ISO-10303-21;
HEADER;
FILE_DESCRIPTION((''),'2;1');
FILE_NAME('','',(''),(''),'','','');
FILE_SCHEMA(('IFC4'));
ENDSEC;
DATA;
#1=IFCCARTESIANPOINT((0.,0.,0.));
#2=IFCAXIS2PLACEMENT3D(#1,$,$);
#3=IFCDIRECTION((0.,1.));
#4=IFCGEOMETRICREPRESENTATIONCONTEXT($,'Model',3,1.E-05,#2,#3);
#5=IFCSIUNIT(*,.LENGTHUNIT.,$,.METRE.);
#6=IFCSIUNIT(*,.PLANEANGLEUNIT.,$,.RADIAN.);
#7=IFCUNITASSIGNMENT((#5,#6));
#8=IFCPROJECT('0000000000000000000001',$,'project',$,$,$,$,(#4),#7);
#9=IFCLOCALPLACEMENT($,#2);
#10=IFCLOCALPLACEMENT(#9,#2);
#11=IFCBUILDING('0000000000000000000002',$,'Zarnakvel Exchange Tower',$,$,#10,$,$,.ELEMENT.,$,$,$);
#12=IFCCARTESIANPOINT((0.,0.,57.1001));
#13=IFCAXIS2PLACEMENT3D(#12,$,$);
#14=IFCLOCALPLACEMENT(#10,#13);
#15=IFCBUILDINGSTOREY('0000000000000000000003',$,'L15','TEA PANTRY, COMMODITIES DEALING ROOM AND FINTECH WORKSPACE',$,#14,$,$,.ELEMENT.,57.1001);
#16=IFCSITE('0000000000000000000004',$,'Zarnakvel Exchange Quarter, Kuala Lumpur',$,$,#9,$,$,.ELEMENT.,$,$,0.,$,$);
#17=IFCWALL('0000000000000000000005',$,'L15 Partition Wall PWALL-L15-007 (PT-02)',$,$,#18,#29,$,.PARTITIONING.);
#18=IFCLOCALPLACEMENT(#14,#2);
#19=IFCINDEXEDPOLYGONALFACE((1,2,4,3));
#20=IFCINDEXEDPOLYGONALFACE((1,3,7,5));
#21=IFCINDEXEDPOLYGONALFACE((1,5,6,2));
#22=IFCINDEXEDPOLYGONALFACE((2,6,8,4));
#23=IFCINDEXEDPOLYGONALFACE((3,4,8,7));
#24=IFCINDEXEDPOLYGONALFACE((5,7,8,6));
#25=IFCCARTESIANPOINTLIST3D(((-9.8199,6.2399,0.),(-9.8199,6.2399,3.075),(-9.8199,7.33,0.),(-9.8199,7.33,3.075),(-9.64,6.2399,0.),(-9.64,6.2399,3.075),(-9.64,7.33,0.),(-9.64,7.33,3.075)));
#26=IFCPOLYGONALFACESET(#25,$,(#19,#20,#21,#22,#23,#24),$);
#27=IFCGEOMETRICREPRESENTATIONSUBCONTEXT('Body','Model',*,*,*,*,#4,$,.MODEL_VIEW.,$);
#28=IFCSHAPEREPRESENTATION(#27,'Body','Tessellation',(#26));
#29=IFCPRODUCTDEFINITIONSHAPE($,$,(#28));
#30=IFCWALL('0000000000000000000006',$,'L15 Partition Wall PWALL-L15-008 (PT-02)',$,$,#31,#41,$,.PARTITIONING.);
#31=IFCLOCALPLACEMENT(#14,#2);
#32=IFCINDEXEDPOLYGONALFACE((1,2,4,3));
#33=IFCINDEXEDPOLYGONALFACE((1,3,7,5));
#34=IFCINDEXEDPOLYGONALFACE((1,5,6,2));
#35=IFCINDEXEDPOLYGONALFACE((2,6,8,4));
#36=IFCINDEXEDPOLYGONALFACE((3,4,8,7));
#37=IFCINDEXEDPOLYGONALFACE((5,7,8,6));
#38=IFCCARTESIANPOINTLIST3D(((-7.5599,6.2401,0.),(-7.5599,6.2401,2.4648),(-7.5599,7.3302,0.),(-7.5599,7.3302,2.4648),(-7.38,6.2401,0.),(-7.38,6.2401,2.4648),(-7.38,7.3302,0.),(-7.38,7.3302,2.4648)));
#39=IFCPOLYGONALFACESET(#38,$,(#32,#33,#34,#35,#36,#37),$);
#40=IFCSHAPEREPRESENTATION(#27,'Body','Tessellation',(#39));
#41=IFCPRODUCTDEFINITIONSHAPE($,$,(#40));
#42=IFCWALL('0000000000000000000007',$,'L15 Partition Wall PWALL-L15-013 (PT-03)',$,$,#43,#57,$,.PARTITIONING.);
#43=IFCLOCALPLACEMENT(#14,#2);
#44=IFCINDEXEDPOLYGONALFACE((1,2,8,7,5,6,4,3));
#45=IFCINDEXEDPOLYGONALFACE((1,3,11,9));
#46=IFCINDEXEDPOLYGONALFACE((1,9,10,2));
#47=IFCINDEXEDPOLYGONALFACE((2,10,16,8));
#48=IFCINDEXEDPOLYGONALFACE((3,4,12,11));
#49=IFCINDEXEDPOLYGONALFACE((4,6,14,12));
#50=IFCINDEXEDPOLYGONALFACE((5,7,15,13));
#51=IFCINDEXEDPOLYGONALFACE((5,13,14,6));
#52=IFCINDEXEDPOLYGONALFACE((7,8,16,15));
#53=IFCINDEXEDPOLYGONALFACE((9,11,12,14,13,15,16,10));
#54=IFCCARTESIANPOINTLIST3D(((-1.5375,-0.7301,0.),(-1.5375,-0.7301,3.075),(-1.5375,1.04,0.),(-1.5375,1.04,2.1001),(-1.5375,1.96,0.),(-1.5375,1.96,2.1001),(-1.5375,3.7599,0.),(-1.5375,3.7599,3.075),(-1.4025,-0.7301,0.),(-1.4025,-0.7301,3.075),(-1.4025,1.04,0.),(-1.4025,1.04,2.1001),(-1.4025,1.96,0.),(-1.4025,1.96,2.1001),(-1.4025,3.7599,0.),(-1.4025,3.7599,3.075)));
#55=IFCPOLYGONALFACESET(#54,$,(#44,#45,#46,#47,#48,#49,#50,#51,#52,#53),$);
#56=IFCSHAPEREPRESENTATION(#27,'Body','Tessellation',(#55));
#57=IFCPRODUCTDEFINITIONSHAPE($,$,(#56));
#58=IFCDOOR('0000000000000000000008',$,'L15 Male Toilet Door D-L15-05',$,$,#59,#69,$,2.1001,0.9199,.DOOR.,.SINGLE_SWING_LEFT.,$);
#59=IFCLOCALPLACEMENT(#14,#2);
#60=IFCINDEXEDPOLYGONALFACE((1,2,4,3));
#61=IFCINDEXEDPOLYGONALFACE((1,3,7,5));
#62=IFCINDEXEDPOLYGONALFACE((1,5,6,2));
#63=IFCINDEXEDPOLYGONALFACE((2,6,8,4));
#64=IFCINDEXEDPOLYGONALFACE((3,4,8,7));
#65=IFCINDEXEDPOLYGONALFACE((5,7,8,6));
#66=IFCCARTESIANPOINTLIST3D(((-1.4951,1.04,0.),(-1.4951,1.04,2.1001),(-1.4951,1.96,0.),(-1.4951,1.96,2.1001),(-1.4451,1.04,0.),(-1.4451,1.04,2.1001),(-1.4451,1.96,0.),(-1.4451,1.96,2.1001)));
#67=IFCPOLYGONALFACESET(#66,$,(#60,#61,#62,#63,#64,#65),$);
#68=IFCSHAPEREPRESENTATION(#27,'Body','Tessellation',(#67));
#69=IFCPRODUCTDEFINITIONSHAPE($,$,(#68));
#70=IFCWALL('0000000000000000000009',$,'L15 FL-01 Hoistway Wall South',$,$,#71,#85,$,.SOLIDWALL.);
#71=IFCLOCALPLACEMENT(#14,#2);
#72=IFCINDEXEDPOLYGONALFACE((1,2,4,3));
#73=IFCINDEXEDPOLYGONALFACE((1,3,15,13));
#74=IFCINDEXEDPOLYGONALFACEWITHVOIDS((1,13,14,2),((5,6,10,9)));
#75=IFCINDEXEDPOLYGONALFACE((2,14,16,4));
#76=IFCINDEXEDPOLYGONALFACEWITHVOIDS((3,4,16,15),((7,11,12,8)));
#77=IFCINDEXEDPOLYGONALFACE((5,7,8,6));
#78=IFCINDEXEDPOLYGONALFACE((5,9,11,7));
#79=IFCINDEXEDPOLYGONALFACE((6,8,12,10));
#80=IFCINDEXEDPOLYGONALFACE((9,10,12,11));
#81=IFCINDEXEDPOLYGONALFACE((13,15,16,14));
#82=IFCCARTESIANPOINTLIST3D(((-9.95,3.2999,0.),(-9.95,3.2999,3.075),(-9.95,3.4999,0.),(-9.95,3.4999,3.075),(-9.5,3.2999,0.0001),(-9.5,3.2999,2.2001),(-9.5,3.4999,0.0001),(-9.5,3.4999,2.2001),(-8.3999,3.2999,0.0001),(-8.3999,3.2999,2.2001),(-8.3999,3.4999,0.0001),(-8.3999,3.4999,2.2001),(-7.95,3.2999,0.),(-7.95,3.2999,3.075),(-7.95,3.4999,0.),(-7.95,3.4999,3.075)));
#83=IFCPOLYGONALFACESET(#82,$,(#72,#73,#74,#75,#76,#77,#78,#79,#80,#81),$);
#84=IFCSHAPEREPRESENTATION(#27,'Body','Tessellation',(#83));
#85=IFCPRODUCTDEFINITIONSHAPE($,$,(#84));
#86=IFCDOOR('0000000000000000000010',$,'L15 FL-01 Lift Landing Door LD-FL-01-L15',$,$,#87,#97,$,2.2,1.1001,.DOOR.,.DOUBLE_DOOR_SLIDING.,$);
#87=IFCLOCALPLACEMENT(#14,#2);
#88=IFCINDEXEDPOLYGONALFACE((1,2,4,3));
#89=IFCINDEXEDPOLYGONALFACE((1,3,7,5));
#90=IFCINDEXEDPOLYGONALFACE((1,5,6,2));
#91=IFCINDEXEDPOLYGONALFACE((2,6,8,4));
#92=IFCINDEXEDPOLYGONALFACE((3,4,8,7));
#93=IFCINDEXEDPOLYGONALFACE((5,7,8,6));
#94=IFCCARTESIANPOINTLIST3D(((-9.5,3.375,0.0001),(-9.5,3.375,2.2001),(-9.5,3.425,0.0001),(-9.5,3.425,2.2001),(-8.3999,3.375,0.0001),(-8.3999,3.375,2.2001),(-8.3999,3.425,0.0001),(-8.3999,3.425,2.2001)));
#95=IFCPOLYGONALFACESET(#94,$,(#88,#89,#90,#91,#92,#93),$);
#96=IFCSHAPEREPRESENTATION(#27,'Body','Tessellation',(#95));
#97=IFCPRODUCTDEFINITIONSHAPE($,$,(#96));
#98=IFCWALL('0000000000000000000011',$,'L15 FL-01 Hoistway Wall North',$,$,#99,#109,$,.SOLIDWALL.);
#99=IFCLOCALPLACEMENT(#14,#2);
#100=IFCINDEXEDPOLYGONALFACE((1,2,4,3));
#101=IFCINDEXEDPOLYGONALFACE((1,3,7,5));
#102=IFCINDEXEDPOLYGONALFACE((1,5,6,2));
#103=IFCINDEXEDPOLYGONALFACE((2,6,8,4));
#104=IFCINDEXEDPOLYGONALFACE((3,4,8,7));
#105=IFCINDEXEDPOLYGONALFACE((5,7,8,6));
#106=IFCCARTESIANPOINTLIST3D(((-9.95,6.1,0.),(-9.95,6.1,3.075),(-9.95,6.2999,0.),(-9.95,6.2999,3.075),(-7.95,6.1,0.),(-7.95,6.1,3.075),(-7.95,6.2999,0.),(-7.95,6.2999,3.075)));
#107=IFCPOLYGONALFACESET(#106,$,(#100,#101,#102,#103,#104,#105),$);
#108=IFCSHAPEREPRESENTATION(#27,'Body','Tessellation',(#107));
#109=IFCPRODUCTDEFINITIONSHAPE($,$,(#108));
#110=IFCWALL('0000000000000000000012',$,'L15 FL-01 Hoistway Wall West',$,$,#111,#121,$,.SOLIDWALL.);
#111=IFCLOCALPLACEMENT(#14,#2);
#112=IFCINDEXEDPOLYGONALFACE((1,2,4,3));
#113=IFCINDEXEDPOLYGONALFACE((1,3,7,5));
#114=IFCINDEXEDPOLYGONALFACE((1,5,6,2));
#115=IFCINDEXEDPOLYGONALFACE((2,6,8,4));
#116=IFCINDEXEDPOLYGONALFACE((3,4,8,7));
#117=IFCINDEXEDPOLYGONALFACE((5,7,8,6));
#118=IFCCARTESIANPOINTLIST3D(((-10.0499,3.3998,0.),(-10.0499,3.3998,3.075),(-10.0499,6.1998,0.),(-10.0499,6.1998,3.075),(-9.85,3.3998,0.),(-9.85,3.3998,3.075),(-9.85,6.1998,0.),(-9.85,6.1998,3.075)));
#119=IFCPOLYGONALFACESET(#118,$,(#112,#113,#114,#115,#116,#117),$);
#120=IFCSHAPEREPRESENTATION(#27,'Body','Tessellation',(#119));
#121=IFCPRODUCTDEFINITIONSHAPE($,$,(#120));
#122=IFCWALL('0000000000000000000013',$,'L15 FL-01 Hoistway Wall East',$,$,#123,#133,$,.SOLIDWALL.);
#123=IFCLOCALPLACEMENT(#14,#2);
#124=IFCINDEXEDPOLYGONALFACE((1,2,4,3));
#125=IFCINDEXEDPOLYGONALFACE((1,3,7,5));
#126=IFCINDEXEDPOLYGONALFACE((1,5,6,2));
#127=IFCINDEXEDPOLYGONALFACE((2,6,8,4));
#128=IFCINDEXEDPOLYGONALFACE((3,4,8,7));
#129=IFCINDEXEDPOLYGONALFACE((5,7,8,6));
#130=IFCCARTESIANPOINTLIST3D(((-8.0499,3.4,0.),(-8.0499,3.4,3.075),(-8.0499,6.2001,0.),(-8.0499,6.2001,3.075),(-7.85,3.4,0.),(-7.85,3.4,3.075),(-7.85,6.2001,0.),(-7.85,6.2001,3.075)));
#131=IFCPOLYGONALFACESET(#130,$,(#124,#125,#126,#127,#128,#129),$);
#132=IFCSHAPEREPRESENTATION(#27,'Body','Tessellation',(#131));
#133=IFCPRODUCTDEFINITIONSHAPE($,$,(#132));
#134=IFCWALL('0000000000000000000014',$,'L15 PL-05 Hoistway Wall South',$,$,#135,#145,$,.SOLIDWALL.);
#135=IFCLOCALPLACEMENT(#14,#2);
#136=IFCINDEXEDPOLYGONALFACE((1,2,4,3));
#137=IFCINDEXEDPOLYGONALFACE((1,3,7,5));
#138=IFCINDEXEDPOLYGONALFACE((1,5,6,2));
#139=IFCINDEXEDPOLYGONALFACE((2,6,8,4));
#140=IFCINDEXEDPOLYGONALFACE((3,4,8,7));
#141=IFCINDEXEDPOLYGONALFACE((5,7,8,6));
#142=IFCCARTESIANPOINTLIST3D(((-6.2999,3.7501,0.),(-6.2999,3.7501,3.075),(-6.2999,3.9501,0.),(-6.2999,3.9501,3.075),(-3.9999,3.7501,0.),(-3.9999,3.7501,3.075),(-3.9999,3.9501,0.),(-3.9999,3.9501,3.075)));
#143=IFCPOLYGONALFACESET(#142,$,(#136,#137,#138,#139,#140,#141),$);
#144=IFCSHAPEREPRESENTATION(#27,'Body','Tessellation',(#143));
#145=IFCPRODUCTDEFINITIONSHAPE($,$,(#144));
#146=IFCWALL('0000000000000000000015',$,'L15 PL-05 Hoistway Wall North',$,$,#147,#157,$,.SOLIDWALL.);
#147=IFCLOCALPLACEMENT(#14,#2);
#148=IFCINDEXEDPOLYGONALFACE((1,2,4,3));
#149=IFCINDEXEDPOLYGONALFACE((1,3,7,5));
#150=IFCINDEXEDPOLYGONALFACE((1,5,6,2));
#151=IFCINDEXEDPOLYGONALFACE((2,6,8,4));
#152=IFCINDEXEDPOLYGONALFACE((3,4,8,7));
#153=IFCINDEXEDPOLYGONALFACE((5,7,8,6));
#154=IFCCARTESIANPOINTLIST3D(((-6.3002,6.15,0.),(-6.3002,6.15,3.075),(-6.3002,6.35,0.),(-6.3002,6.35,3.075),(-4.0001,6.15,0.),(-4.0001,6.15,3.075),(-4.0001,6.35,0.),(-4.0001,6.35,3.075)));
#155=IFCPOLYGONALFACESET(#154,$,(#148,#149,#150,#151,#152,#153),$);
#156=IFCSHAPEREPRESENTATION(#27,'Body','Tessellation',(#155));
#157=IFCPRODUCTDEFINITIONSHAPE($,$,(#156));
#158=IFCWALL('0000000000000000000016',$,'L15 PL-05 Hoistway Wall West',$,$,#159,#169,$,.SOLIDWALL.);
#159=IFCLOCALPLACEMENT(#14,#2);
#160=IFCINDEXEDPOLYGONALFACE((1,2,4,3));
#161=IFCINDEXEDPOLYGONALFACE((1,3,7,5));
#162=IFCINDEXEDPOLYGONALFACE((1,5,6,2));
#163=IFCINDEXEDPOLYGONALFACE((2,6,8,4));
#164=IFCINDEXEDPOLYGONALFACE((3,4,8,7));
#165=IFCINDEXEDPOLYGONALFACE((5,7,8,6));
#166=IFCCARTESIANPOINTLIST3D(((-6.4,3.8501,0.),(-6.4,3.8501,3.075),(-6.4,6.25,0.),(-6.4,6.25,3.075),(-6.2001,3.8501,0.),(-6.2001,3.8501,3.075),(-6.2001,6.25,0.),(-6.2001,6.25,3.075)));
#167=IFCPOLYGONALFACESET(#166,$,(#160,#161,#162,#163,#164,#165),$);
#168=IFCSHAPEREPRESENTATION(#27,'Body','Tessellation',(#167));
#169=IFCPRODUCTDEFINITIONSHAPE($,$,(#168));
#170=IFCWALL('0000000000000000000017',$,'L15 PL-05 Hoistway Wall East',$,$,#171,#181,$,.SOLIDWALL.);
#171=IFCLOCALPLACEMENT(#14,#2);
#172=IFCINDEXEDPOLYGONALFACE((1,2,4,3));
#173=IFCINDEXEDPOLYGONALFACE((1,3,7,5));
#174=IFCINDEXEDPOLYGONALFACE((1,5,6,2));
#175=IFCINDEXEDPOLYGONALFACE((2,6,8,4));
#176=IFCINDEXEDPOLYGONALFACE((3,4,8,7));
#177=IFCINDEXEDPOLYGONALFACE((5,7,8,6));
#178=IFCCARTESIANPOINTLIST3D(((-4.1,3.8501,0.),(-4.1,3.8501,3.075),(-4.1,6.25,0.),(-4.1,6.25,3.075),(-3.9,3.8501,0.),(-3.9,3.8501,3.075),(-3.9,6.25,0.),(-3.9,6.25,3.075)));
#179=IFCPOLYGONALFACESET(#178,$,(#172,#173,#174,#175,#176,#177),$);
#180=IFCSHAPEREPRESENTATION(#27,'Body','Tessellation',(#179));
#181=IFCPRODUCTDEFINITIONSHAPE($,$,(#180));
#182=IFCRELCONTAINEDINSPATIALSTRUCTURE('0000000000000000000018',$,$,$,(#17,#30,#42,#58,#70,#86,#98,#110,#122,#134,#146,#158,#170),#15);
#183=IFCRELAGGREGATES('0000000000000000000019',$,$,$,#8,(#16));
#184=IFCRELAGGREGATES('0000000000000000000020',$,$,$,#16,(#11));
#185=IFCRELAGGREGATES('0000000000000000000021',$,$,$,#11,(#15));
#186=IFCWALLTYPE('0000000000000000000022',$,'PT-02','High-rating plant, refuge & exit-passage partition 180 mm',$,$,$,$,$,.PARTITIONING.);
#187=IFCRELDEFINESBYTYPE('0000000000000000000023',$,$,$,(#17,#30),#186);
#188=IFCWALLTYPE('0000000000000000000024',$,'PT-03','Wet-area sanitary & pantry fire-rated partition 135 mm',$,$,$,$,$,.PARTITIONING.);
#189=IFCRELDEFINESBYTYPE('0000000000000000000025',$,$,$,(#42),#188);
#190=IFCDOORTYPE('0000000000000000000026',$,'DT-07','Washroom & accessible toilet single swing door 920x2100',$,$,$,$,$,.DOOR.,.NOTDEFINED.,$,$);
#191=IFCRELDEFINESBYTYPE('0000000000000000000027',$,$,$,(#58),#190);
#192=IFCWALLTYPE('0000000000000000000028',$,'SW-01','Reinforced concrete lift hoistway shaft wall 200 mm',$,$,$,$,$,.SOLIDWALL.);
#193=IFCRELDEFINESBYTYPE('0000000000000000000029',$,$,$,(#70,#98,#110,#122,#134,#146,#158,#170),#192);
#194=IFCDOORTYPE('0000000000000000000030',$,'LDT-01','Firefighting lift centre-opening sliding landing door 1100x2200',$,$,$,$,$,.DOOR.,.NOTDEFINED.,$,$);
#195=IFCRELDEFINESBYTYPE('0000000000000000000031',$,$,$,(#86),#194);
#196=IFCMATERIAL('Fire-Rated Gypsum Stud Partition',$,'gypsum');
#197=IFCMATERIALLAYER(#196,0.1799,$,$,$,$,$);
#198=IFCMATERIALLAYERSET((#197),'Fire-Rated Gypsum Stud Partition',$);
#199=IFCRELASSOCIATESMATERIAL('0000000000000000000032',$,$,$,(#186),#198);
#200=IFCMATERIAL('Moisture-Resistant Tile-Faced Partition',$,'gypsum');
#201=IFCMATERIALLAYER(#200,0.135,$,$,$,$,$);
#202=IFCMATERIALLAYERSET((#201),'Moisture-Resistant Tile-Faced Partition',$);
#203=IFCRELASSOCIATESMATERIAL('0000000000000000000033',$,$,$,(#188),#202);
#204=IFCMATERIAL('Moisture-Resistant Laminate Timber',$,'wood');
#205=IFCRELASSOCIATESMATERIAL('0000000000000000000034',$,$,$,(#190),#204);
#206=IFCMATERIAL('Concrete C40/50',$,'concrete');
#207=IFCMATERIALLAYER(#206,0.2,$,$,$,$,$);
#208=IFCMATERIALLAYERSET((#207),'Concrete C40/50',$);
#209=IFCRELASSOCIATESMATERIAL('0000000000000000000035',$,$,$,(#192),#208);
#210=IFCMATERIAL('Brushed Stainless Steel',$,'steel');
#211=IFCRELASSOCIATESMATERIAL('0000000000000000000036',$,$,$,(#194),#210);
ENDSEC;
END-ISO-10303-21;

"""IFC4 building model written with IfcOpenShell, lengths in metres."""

from ifc_helpers import new_model, si_unit, direction, frame, frame_2d, origin, place, context, subcontext, project, spatial, rectangle, extrude, source, transform, mapped, material, layer, layer_set, type_object, element, fill, save


model = new_model("IFC4")

# Units and contexts
model_context = context("Model", 3, precision=1e-05, world=origin(), true_north=direction((0.0, 1.0)))
body_context = subcontext(model_context, "Body", "Model", "MODEL_VIEW")
ifc_project = project(units=[si_unit("LENGTHUNIT", "METRE"), si_unit("PLANEANGLEUNIT", "RADIAN")], contexts=[model_context])

# Site, building, storey
site_placement = place(None, origin())
site = spatial("IfcSite", under=ifc_project, at=site_placement, Name="Zarnakvel Exchange Quarter, Kuala Lumpur", CompositionType="ELEMENT", RefElevation=0.0)
building_placement = place(site_placement, origin())
building = spatial("IfcBuilding", under=site, at=building_placement, Name="Zarnakvel Exchange Tower", CompositionType="ELEMENT")
storey_placement = place(building_placement, frame((0.0, 0.0, 57.1001)))
storey = spatial("IfcBuildingStorey", under=building, at=storey_placement, Name="L15", Description="TEA PANTRY, COMMODITIES DEALING ROOM AND FINTECH WORKSPACE", CompositionType="ELEMENT", Elevation=57.1001)

# Walls
ifc_material_1 = material(Name="Fire-Rated Gypsum Stud Partition", Category="gypsum")
ifc_layer_1 = layer(ifc_material_1, 0.1799)
ifc_layer_set_1 = layer_set([ifc_layer_1], Name="Fire-Rated Gypsum Stud Partition")
wall_type_1 = type_object("IfcWallType", Name="PT-02", Description="High-rating plant, refuge & exit-passage partition 180 mm", PredefinedType="PARTITIONING", material=ifc_layer_set_1)
wall_1_placement = place(storey_placement, frame((-9.73, 6.24, 0.0), z_axis=(0.0, 0.0, 1.0), x_axis=(0.0, 1.0, 0.0)))
element("IfcWall", 1, at=wall_1_placement, inside=storey, type_object=wall_type_1, Name="L15 Partition Wall PWALL-L15-007 (PT-02)", PredefinedType="PARTITIONING", context=body_context, shape_type="SweptSolid", body=[
    extrude(rectangle(XDim=1.0901, YDim=0.1799, at=frame_2d((0.5449, 0.0))), origin(), (0.0, 0.0, 1.0), 3.075),
])
wall_2_placement = place(storey_placement, frame((-7.47, 7.3301, 0.0), z_axis=(0.0, 0.0, 1.0), x_axis=(0.0, -1.0, 0.0)))
element("IfcWall", 2, at=wall_2_placement, inside=storey, type_object=wall_type_1, Name="L15 Partition Wall PWALL-L15-008 (PT-02)", PredefinedType="PARTITIONING", context=body_context, shape_type="SweptSolid", body=[
    extrude(rectangle(XDim=1.0901, YDim=0.1799, at=frame_2d((0.5449, 0.0))), origin(), (0.0, 0.0, 1.0), 2.4648),
])

# Walls, openings, doors
ifc_material_2 = material(Name="Moisture-Resistant Tile-Faced Partition", Category="gypsum")
ifc_layer_2 = layer(ifc_material_2, 0.135)
ifc_layer_set_2 = layer_set([ifc_layer_2], Name="Moisture-Resistant Tile-Faced Partition")
wall_type_2 = type_object("IfcWallType", Name="PT-03", Description="Wet-area sanitary & pantry fire-rated partition 135 mm", PredefinedType="PARTITIONING", material=ifc_layer_set_2)
wall_3_placement = place(storey_placement, frame((-1.47, 3.76, 0.0), z_axis=(0.0, 0.0, 1.0), x_axis=(0.0, -1.0, 0.0)))
wall_3 = element("IfcWall", 3, at=wall_3_placement, inside=storey, type_object=wall_type_2, Name="L15 Partition Wall PWALL-L15-013 (PT-03)", PredefinedType="PARTITIONING", context=body_context, shape_type="SweptSolid", body=[
    extrude(rectangle(XDim=4.49, YDim=0.135, at=frame_2d((2.2451, 0.0))), origin(), (0.0, 0.0, 1.0), 3.075),
])
opening_1_placement = place(wall_3_placement, frame((1.8, 0.0, 0.0)))
opening_1 = element("IfcOpeningElement", 4, at=opening_1_placement, cuts=wall_3, PredefinedType="OPENING", context=body_context, shape_type="SweptSolid", body=[
    extrude(rectangle(XDim=0.9199, YDim=2.1001, at=frame_2d((0.46, 1.05))), frame((0.0, 0.0774, 0.0), z_axis=(0.0, -1.0, 0.0), x_axis=(1.0, 0.0, 0.0)), (0.0, 0.0, 1.0), 0.155),
])
ifc_material_3 = material(Name="Moisture-Resistant Laminate Timber", Category="wood")
door_type_1 = type_object("IfcDoorType", Name="DT-07", Description="Washroom & accessible toilet single swing door 920x2100", OperationType="NOTDEFINED", PredefinedType="DOOR", material=ifc_material_3)
shared_shape_1 = source(origin(), body_context, "Body", "SweptSolid", [
    extrude(rectangle(XDim=0.9199, YDim=2.1001, at=frame_2d((0.46, 1.05))), frame((0.0, 0.0249, 0.0), z_axis=(0.0, -1.0, 0.0), x_axis=(1.0, 0.0, 0.0)), (0.0, 0.0, 1.0), 0.05),
])
door_1_placement = place(opening_1_placement, origin())
door_1 = element("IfcDoor", 5, at=door_1_placement, inside=storey, type_object=door_type_1, Name="L15 Male Toilet Door D-L15-05", OperationType="SINGLE_SWING_LEFT", OverallHeight=2.1001, OverallWidth=0.9199, PredefinedType="DOOR", context=body_context, shape_type="MappedRepresentation", body=[
    mapped(shared_shape_1, transform((0.0, 0.0, 0.0), x_axis=(1.0, 0.0, 0.0), y_axis=(0.0, 1.0, 0.0), z_axis=(0.0, 0.0, 1.0), scale=1.0)),
])
fill(opening_1, door_1)
ifc_material_4 = material(Name="Concrete C40/50", Category="concrete")
ifc_layer_3 = layer(ifc_material_4, 0.2)
ifc_layer_set_3 = layer_set([ifc_layer_3], Name="Concrete C40/50")
wall_type_3 = type_object("IfcWallType", Name="SW-01", Description="Reinforced concrete lift hoistway shaft wall 200 mm", PredefinedType="SOLIDWALL", material=ifc_layer_set_3)
wall_4_placement = place(storey_placement, frame((-7.95, 3.3999, 0.0), z_axis=(0.0, 0.0, 1.0), x_axis=(-1.0, 0.0, 0.0)))
wall_4 = element("IfcWall", 6, at=wall_4_placement, inside=storey, type_object=wall_type_3, Name="L15 FL-01 Hoistway Wall South", PredefinedType="SOLIDWALL", context=body_context, shape_type="SweptSolid", body=[
    extrude(rectangle(XDim=2.0, YDim=0.2, at=frame_2d((1.0, 0.0))), origin(), (0.0, 0.0, 1.0), 3.075),
])
opening_2_placement = place(wall_4_placement, frame((0.45, 0.0, 0.0)))
opening_2 = element("IfcOpeningElement", 7, at=opening_2_placement, cuts=wall_4, PredefinedType="OPENING", context=body_context, shape_type="SweptSolid", body=[
    extrude(rectangle(XDim=1.1001, YDim=2.2, at=frame_2d((0.55, 1.1001))), frame((0.0, 0.1099, 0.0), z_axis=(0.0, -1.0, 0.0), x_axis=(1.0, 0.0, 0.0)), (0.0, 0.0, 1.0), 0.22),
])
ifc_material_5 = material(Name="Brushed Stainless Steel", Category="steel")
door_type_2 = type_object("IfcDoorType", Name="LDT-01", Description="Firefighting lift centre-opening sliding landing door 1100x2200", OperationType="NOTDEFINED", PredefinedType="DOOR", material=ifc_material_5)
shared_shape_2 = source(origin(), body_context, "Body", "SweptSolid", [
    extrude(rectangle(XDim=1.1001, YDim=2.2, at=frame_2d((0.55, 1.1001))), frame((0.0, 0.0249, 0.0), z_axis=(0.0, -1.0, 0.0), x_axis=(1.0, 0.0, 0.0)), (0.0, 0.0, 1.0), 0.05),
])
door_2_placement = place(opening_2_placement, origin())
door_2 = element("IfcDoor", 8, at=door_2_placement, inside=storey, type_object=door_type_2, Name="L15 FL-01 Lift Landing Door LD-FL-01-L15", OperationType="DOUBLE_DOOR_SLIDING", OverallHeight=2.2, OverallWidth=1.1001, PredefinedType="DOOR", context=body_context, shape_type="MappedRepresentation", body=[
    mapped(shared_shape_2, transform((0.0, 0.0, 0.0), x_axis=(1.0, 0.0, 0.0), y_axis=(0.0, 1.0, 0.0), z_axis=(0.0, 0.0, 1.0), scale=1.0)),
])
fill(opening_2, door_2)

# Walls
wall_5_placement = place(storey_placement, frame((-9.95, 6.2, 0.0), z_axis=(0.0, 0.0, 1.0), x_axis=(1.0, 0.0, 0.0)))
element("IfcWall", 9, at=wall_5_placement, inside=storey, type_object=wall_type_3, Name="L15 FL-01 Hoistway Wall North", PredefinedType="SOLIDWALL", context=body_context, shape_type="SweptSolid", body=[
    extrude(rectangle(XDim=2.0, YDim=0.2, at=frame_2d((1.0, 0.0))), origin(), (0.0, 0.0, 1.0), 3.075),
])
for number, where, z_axis, x_axis, name in (
    (10, (-9.95, 3.3999, 0.0), (0.0, 0.0, 1.0), (0.0, 1.0, 0.0), "L15 FL-01 Hoistway Wall West"),
    (11, (-7.95, 6.2, 0.0), (0.0, 0.0, 1.0), (0.0, -1.0, 0.0), "L15 FL-01 Hoistway Wall East"),
):
    element("IfcWall", number, at=place(storey_placement, frame(where, z_axis=z_axis, x_axis=x_axis)), inside=storey, type_object=wall_type_3, Name=name, PredefinedType="SOLIDWALL", context=body_context, shape_type="SweptSolid", body=[
        extrude(rectangle(XDim=2.8, YDim=0.2, at=frame_2d((1.3999, 0.0))), origin(), (0.0, 0.0, 1.0), 3.075),
    ])
for number, where, z_axis, x_axis, name in (
    (12, (-4.0, 3.8501, 0.0), (0.0, 0.0, 1.0), (-1.0, 0.0, 0.0), "L15 PL-05 Hoistway Wall South"),
    (13, (-6.3, 6.25, 0.0), (0.0, 0.0, 1.0), (1.0, 0.0, 0.0), "L15 PL-05 Hoistway Wall North"),
):
    element("IfcWall", number, at=place(storey_placement, frame(where, z_axis=z_axis, x_axis=x_axis)), inside=storey, type_object=wall_type_3, Name=name, PredefinedType="SOLIDWALL", context=body_context, shape_type="SweptSolid", body=[
        extrude(rectangle(XDim=2.3, YDim=0.2, at=frame_2d((1.1499, 0.0))), origin(), (0.0, 0.0, 1.0), 3.075),
    ])
for number, where, z_axis, x_axis, name in (
    (14, (-6.3, 3.8501, 0.0), (0.0, 0.0, 1.0), (0.0, 1.0, 0.0), "L15 PL-05 Hoistway Wall West"),
    (15, (-4.0, 6.25, 0.0), (0.0, 0.0, 1.0), (0.0, -1.0, 0.0), "L15 PL-05 Hoistway Wall East"),
):
    element("IfcWall", number, at=place(storey_placement, frame(where, z_axis=z_axis, x_axis=x_axis)), inside=storey, type_object=wall_type_3, Name=name, PredefinedType="SOLIDWALL", context=body_context, shape_type="SweptSolid", body=[
        extrude(rectangle(XDim=2.3999, YDim=0.2, at=frame_2d((1.2, 0.0))), origin(), (0.0, 0.0, 1.0), 3.075),
    ])

save(model, "model.ifc")
